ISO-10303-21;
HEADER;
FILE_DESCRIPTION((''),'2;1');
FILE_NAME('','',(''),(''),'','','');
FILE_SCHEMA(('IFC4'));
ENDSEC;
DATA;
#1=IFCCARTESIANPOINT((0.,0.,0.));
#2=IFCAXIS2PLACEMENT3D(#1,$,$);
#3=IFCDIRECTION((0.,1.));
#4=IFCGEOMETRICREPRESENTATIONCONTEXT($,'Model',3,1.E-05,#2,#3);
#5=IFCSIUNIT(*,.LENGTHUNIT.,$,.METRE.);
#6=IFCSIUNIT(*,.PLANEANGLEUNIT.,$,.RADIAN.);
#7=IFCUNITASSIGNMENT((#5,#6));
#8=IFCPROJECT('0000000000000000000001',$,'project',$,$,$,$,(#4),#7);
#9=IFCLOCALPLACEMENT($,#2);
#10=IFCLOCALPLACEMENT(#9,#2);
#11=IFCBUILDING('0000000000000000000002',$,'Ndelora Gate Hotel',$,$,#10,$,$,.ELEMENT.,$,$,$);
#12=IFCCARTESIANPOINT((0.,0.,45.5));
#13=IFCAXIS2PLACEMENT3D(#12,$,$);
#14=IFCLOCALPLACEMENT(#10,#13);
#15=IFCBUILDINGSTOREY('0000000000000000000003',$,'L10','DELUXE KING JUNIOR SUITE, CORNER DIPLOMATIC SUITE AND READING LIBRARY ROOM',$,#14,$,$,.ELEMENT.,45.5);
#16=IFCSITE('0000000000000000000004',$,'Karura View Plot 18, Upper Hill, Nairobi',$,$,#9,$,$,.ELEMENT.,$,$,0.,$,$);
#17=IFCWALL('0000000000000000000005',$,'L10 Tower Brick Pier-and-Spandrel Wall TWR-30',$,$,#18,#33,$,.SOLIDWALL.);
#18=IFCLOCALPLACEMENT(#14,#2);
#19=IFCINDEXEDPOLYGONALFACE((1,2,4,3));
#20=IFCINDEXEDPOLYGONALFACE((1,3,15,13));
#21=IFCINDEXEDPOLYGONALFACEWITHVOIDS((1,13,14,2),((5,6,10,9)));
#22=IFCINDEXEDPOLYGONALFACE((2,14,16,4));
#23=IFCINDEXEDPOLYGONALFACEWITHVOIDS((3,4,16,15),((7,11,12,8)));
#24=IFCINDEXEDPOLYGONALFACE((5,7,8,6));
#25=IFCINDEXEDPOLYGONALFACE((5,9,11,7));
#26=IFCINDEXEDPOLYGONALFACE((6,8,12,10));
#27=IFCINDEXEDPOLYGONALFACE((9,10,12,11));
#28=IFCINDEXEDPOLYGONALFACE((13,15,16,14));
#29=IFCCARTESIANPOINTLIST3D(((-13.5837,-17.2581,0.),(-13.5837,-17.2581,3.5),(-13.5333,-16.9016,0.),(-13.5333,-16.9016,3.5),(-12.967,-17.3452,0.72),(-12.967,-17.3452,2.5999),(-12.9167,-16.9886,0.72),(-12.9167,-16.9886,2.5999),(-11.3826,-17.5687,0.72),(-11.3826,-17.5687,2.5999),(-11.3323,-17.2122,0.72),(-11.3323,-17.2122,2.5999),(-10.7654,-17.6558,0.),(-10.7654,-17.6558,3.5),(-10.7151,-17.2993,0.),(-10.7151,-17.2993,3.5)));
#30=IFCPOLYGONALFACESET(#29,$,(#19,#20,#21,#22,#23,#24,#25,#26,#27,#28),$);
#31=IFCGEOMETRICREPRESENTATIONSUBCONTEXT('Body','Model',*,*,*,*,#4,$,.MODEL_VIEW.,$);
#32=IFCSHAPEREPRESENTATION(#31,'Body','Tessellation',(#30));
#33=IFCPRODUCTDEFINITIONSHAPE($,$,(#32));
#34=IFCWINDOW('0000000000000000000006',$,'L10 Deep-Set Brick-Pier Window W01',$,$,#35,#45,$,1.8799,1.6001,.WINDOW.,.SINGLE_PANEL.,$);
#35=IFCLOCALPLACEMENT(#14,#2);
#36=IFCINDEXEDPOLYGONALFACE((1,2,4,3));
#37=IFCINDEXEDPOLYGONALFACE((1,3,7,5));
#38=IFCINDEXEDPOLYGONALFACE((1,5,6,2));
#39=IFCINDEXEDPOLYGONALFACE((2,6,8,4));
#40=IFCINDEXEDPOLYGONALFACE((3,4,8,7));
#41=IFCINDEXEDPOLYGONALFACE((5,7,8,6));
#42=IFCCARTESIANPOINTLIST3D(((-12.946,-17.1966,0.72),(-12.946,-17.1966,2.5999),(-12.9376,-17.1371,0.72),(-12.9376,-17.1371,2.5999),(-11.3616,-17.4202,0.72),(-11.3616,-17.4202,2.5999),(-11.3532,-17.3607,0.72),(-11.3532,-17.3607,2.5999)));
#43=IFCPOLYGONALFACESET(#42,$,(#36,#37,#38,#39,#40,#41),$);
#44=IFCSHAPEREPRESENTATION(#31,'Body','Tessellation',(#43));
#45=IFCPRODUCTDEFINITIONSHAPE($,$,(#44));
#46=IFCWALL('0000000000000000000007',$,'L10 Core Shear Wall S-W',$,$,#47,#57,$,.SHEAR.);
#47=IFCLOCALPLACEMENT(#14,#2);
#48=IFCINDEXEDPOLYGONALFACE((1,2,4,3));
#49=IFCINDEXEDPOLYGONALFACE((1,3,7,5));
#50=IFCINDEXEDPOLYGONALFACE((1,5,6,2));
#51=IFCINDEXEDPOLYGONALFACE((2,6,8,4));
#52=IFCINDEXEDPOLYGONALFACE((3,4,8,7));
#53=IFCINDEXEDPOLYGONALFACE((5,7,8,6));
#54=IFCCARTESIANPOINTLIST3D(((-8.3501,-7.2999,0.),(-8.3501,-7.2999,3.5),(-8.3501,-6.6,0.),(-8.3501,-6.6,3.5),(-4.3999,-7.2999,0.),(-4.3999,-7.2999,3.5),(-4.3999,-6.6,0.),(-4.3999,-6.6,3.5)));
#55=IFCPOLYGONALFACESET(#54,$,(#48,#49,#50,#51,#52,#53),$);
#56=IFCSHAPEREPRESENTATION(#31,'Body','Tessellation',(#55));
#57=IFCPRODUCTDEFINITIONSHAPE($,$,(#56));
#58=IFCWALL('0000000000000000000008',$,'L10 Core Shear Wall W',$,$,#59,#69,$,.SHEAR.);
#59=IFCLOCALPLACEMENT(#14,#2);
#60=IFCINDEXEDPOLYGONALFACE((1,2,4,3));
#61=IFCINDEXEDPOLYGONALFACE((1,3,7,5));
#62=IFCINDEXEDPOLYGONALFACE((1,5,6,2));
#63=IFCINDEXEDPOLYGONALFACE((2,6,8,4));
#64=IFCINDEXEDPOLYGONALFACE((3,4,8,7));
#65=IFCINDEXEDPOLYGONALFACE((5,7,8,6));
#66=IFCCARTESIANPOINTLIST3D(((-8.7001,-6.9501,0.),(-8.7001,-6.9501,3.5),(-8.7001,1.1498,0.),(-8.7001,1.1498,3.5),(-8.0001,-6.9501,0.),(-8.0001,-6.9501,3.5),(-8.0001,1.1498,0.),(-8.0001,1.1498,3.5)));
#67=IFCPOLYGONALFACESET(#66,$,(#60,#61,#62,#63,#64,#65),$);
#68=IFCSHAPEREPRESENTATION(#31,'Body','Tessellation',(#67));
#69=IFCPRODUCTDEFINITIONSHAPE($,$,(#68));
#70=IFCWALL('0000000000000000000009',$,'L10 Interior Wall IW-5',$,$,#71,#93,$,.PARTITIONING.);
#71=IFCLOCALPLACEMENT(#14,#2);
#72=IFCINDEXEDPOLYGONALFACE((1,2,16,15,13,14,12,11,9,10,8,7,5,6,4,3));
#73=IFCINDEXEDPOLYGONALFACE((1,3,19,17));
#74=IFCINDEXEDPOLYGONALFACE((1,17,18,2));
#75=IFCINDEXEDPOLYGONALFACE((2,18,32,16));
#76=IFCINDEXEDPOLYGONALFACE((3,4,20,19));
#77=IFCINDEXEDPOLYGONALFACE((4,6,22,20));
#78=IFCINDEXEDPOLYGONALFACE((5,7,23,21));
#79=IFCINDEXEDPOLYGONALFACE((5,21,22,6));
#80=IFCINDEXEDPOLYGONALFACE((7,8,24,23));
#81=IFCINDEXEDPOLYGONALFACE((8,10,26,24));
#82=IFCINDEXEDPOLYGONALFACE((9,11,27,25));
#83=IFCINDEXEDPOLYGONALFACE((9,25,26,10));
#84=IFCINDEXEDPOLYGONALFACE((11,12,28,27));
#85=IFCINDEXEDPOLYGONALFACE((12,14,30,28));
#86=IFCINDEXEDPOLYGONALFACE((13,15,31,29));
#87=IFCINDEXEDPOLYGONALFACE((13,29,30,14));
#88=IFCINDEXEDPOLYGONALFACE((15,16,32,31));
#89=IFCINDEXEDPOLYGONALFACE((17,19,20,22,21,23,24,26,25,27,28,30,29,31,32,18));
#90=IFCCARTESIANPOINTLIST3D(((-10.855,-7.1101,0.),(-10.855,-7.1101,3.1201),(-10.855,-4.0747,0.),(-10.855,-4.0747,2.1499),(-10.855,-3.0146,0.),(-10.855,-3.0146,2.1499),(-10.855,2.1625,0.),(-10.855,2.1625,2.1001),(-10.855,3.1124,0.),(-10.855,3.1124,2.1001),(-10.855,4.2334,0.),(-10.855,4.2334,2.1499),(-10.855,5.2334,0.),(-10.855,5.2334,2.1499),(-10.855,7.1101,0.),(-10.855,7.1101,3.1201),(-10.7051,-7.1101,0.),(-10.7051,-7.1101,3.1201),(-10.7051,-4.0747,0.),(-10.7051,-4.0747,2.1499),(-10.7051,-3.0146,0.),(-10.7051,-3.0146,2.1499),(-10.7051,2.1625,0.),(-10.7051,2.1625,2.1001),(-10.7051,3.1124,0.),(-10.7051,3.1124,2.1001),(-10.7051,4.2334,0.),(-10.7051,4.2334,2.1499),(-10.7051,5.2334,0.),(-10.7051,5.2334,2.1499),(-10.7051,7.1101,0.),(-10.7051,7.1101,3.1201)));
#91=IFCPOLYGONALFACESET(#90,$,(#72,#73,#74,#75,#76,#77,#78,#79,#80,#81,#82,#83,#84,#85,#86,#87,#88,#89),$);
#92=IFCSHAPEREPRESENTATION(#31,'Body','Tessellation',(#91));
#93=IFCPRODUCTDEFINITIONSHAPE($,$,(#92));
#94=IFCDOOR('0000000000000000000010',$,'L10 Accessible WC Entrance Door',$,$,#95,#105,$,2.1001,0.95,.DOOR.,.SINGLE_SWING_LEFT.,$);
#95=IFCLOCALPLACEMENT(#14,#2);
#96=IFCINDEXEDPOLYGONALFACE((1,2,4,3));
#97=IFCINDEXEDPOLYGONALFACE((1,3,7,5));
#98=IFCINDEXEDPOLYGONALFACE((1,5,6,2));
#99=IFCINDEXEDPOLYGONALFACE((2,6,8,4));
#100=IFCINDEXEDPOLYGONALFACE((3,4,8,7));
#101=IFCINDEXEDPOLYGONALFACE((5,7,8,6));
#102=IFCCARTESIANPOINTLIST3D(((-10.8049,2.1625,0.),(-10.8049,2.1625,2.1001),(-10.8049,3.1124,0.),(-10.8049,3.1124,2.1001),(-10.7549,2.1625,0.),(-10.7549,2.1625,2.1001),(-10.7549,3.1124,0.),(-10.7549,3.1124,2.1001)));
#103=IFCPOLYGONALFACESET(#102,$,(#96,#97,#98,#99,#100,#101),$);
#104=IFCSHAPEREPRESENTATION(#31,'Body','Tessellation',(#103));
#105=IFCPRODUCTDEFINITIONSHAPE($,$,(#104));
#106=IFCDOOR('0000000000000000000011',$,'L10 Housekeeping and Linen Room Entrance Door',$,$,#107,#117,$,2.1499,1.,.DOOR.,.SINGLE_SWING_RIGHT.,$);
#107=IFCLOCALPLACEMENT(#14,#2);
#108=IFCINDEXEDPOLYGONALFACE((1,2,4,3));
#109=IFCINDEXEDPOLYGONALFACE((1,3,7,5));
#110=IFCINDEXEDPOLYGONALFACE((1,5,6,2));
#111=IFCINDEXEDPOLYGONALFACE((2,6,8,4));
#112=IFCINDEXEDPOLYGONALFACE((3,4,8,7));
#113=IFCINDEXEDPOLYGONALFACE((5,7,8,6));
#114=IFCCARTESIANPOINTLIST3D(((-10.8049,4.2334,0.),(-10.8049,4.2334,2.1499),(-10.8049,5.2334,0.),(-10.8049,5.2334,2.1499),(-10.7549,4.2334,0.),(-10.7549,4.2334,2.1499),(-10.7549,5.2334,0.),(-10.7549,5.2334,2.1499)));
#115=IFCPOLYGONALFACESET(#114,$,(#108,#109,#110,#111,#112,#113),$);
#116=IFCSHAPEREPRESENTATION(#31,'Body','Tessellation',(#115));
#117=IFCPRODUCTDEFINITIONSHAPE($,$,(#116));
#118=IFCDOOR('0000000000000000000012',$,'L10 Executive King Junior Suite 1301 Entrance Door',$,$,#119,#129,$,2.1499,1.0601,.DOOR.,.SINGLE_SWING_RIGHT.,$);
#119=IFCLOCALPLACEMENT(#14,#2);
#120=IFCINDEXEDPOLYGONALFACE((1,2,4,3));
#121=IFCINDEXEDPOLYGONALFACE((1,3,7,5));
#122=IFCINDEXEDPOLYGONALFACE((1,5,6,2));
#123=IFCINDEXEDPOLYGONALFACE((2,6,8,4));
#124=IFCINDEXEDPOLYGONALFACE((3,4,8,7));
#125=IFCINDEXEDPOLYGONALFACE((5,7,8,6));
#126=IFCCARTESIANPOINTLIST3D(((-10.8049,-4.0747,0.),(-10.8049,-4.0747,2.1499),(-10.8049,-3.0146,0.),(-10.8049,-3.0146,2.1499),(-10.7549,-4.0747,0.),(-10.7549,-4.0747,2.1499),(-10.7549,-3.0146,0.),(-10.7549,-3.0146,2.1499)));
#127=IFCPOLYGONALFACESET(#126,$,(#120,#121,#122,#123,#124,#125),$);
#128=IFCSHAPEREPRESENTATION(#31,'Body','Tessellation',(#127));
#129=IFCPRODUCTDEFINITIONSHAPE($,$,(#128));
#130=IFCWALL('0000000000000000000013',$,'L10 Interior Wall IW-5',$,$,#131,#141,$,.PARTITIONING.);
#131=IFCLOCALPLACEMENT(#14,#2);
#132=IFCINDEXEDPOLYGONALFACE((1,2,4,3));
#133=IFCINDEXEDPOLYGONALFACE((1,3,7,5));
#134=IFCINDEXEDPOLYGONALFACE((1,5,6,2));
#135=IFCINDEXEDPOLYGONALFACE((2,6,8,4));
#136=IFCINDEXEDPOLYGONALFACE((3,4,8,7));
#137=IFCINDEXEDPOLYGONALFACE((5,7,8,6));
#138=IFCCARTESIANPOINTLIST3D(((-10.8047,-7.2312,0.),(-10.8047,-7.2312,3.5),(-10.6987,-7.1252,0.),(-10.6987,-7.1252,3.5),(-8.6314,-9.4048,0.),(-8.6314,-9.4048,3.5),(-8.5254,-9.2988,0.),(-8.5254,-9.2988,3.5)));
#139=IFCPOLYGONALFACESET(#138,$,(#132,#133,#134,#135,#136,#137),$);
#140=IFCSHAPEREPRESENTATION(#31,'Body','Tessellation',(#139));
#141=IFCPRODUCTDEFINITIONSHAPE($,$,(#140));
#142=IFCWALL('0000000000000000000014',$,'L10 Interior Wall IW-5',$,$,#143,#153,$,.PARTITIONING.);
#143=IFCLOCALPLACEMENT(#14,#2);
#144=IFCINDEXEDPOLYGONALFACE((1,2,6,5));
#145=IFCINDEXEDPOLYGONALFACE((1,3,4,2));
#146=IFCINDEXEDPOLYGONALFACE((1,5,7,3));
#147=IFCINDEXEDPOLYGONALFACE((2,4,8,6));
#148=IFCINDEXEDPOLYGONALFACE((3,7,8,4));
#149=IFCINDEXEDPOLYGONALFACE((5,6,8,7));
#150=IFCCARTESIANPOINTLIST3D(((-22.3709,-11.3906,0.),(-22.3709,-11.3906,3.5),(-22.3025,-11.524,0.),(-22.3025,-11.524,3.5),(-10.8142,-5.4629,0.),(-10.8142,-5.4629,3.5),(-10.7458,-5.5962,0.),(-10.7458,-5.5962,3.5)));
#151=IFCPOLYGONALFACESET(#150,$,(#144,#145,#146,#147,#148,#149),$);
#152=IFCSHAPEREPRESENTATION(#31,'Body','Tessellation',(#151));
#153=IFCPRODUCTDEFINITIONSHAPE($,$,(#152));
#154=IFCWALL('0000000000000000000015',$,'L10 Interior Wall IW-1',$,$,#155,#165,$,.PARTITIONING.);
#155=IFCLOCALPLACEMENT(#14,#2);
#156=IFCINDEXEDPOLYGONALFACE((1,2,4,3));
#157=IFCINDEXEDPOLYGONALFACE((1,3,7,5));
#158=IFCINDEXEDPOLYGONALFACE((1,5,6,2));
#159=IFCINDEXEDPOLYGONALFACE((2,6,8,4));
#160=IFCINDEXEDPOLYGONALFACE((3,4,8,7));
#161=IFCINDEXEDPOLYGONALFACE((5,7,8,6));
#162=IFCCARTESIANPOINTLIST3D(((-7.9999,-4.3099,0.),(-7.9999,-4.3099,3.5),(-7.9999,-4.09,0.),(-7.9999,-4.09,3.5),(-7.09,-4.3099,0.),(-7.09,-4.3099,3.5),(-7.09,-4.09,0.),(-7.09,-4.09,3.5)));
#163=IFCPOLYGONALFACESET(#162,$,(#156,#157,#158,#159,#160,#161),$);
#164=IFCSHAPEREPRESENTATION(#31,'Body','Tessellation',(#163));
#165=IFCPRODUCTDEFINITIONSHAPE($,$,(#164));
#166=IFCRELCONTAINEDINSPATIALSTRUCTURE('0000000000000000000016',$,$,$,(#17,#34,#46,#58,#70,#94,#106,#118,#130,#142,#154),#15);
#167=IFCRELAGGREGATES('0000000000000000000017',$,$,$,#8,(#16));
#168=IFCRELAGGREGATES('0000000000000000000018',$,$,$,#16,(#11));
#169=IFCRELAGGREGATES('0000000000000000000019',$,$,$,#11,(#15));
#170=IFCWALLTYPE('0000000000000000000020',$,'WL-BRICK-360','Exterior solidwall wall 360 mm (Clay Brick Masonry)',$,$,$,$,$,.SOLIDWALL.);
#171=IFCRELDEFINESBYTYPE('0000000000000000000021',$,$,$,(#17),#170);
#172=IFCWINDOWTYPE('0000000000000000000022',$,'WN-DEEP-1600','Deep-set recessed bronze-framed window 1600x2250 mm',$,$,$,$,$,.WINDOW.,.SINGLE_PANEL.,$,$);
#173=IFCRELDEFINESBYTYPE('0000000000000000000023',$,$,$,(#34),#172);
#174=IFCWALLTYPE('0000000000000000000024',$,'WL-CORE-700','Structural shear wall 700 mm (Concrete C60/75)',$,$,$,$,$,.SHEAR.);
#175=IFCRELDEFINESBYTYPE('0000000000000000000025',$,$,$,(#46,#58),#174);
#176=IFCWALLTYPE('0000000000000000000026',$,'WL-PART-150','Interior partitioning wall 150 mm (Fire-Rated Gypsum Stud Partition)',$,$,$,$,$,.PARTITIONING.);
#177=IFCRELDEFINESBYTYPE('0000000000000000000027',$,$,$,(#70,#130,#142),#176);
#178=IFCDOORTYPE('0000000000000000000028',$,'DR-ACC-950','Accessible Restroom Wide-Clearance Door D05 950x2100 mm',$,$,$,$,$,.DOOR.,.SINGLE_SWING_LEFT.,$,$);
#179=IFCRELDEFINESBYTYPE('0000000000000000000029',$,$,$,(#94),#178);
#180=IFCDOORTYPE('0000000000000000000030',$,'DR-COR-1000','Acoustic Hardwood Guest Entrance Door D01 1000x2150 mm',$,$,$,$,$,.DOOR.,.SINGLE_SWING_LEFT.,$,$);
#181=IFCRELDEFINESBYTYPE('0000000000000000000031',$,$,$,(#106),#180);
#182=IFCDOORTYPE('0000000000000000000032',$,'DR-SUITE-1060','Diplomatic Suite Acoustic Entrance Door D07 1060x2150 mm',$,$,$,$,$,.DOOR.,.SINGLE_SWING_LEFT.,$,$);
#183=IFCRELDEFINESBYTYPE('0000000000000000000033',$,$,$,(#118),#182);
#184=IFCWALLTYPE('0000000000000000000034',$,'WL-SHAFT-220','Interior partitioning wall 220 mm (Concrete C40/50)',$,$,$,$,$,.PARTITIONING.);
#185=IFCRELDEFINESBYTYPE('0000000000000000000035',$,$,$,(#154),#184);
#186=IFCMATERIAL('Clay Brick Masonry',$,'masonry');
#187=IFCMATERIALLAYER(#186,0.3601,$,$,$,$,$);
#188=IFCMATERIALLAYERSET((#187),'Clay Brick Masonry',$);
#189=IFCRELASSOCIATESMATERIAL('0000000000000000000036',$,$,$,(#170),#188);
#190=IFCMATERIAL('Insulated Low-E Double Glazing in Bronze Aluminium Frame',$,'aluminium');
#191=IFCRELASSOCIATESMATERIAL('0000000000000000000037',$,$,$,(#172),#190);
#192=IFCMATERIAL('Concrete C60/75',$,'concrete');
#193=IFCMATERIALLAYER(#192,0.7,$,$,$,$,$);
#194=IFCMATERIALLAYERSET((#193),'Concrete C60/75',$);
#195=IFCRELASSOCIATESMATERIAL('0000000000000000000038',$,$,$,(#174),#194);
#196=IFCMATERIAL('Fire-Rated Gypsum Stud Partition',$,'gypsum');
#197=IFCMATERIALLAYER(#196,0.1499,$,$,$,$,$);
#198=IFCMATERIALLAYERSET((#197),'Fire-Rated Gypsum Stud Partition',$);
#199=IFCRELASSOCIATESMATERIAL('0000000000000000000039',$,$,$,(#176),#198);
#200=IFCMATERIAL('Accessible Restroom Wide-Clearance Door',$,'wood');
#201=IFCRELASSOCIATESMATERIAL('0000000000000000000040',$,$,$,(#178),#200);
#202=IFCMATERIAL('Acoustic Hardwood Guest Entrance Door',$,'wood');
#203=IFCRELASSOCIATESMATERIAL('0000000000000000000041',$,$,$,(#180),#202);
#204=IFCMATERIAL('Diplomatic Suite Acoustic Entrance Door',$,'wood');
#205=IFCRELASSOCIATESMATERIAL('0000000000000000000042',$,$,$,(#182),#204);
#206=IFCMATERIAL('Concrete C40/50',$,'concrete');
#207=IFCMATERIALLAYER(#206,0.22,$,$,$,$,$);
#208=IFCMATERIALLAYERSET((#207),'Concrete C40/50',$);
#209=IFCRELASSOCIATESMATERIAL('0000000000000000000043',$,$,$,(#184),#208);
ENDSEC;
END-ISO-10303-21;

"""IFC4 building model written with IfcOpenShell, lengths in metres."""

from ifc_helpers import new_model, si_unit, direction, frame, frame_2d, origin, place, context, subcontext, project, spatial, rectangle, extrude, material, layer, layer_set, type_object, element, fill, save


model = new_model("IFC4")

# Units and contexts
model_context = context("Model", 3, precision=1e-05, world=origin(), true_north=direction((0.0, 1.0)))
body_context = subcontext(model_context, "Body", "Model", "MODEL_VIEW")
ifc_project = project(units=[si_unit("LENGTHUNIT", "METRE"), si_unit("PLANEANGLEUNIT", "RADIAN")], contexts=[model_context])

# Site, building, storey
site_placement = place(None, origin())
site = spatial("IfcSite", under=ifc_project, at=site_placement, Name="Karura View Plot 18, Upper Hill, Nairobi", CompositionType="ELEMENT", RefElevation=0.0)
building_placement = place(site_placement, origin())
building = spatial("IfcBuilding", under=site, at=building_placement, Name="Ndelora Gate Hotel", CompositionType="ELEMENT")
storey_placement = place(building_placement, frame((0.0, 0.0, 45.5)))
storey = spatial("IfcBuildingStorey", under=building, at=storey_placement, Name="L10", Description="DELUXE KING JUNIOR SUITE, CORNER DIPLOMATIC SUITE AND READING LIBRARY ROOM", CompositionType="ELEMENT", Elevation=45.5)

# Shared definitions
ifc_material_1 = material(Name="Concrete C60/75", Category="concrete")

# Wall, opening, window
ifc_material_2 = material(Name="Clay Brick Masonry", Category="masonry")
ifc_layer_1 = layer(ifc_material_2, 0.3601)
ifc_layer_set_1 = layer_set([ifc_layer_1], Name="Clay Brick Masonry")
wall_type_1 = type_object("IfcWallType", Name="WL-BRICK-360", Description="Exterior solidwall wall 360 mm (Clay Brick Masonry)", PredefinedType="SOLIDWALL", material=ifc_layer_set_1)
wall_1_placement = place(storey_placement, frame((-10.7402, -17.4775, 0.0), z_axis=(0.0, 0.0, 1.0), x_axis=(-0.99019, 0.139728, 0.0)))
wall_1 = element("IfcWall", 1, at=wall_1_placement, inside=storey, type_object=wall_type_1, Name="L10 Tower Brick Pier-and-Spandrel Wall TWR-30", PredefinedType="SOLIDWALL", context=body_context, shape_type="SweptSolid", body=[
    extrude(rectangle(XDim=2.8462, YDim=0.3601, at=frame_2d((1.4231, 0.0))), origin(), (0.0, 0.0, 1.0), 3.5),
])
opening_1_placement = place(wall_1_placement, frame((0.6233, 0.0, 0.72)))
opening_1 = element("IfcOpeningElement", 2, at=opening_1_placement, cuts=wall_1, PredefinedType="OPENING", context=body_context, shape_type="SweptSolid", body=[
    extrude(rectangle(XDim=1.6001, YDim=1.8799, at=frame_2d((0.8, 0.9399))), frame((0.0, 0.1899, 0.0), z_axis=(0.0, -1.0, 0.0), x_axis=(1.0, 0.0, 0.0)), (0.0, 0.0, 1.0), 0.3801),
])
ifc_material_3 = material(Name="Insulated Low-E Double Glazing in Bronze Aluminium Frame", Category="aluminium")
window_type = type_object("IfcWindowType", Name="WN-DEEP-1600", Description="Deep-set recessed bronze-framed window 1600x2250 mm", PartitioningType="SINGLE_PANEL", PredefinedType="WINDOW", material=ifc_material_3)
window_placement = place(opening_1_placement, origin())
window = element("IfcWindow", 3, at=window_placement, inside=storey, type_object=window_type, Name="L10 Deep-Set Brick-Pier Window W01", OverallHeight=1.8799, OverallWidth=1.6001, PartitioningType="SINGLE_PANEL", PredefinedType="WINDOW", context=body_context, shape_type="SweptSolid", body=[
    extrude(rectangle(XDim=1.6001, YDim=1.8799, at=frame_2d((0.8, 0.9399))), frame((0.0, 0.03, 0.0), z_axis=(0.0, -1.0, 0.0), x_axis=(1.0, 0.0, 0.0)), (0.0, 0.0, 1.0), 0.0601),
])
fill(opening_1, window)

# Walls
ifc_layer_2 = layer(ifc_material_1, 0.7)
ifc_layer_set_2 = layer_set([ifc_layer_2], Name="Concrete C60/75")
wall_type_2 = type_object("IfcWallType", Name="WL-CORE-700", Description="Structural shear wall 700 mm (Concrete C60/75)", PredefinedType="SHEAR", material=ifc_layer_set_2)
wall_2_placement = place(storey_placement, frame((-8.3501, -6.95, 0.0), z_axis=(0.0, 0.0, 1.0), x_axis=(1.0, 0.0, 0.0)))
element("IfcWall", 4, at=wall_2_placement, inside=storey, type_object=wall_type_2, Name="L10 Core Shear Wall S-W", PredefinedType="SHEAR", context=body_context, shape_type="SweptSolid", body=[
    extrude(rectangle(XDim=3.9502, YDim=0.7, at=frame_2d((1.9751, 0.0))), origin(), (0.0, 0.0, 1.0), 3.5),
])
wall_3_placement = place(storey_placement, frame((-8.3501, -6.95, 0.0), z_axis=(0.0, 0.0, 1.0), x_axis=(0.0, 1.0, 0.0)))
element("IfcWall", 5, at=wall_3_placement, inside=storey, type_object=wall_type_2, Name="L10 Core Shear Wall W", PredefinedType="SHEAR", context=body_context, shape_type="SweptSolid", body=[
    extrude(rectangle(XDim=8.0999, YDim=0.7, at=frame_2d((4.0498, 0.0))), origin(), (0.0, 0.0, 1.0), 3.5),
])

# Wall, openings, doors
ifc_material_4 = material(Name="Fire-Rated Gypsum Stud Partition", Category="gypsum")
ifc_layer_3 = layer(ifc_material_4, 0.1499)
ifc_layer_set_3 = layer_set([ifc_layer_3], Name="Fire-Rated Gypsum Stud Partition")
wall_type_3 = type_object("IfcWallType", Name="WL-PART-150", Description="Interior partitioning wall 150 mm (Fire-Rated Gypsum Stud Partition)", PredefinedType="PARTITIONING", material=ifc_layer_set_3)
wall_4_placement = place(storey_placement, frame((-10.78, -7.1101, 0.0), z_axis=(0.0, 0.0, 1.0), x_axis=(0.0, 1.0, 0.0)))
wall_4 = element("IfcWall", 6, at=wall_4_placement, inside=storey, type_object=wall_type_3, Name="L10 Interior Wall IW-5", PredefinedType="PARTITIONING", context=body_context, shape_type="SweptSolid", body=[
    extrude(rectangle(XDim=14.2202, YDim=0.1499, at=frame_2d((7.1101, 0.0))), origin(), (0.0, 0.0, 1.0), 3.1201),
])
opening_2_placement = place(wall_4_placement, frame((11.3435, 0.0, 0.0)))
opening_2 = element("IfcOpeningElement", 7, at=opening_2_placement, cuts=wall_4, PredefinedType="OPENING", context=body_context, shape_type="SweptSolid", body=[
    extrude(rectangle(XDim=1.0, YDim=2.1499, at=frame_2d((0.5, 1.075))), frame((0.0, 0.085, 0.0), z_axis=(0.0, -1.0, 0.0), x_axis=(1.0, 0.0, 0.0)), (0.0, 0.0, 1.0), 0.1699),
])
opening_3_placement = place(wall_4_placement, frame((9.2725, 0.0, 0.0)))
opening_3 = element("IfcOpeningElement", 8, at=opening_3_placement, cuts=wall_4, PredefinedType="OPENING", context=body_context, shape_type="SweptSolid", body=[
    extrude(rectangle(XDim=0.95, YDim=2.1001, at=frame_2d((0.4751, 1.05))), frame((0.0, 0.085, 0.0), z_axis=(0.0, -1.0, 0.0), x_axis=(1.0, 0.0, 0.0)), (0.0, 0.0, 1.0), 0.1699),
])
opening_4_placement = place(wall_4_placement, frame((3.0354, 0.0, 0.0)))
opening_4 = element("IfcOpeningElement", 9, at=opening_4_placement, cuts=wall_4, PredefinedType="OPENING", context=body_context, shape_type="SweptSolid", body=[
    extrude(rectangle(XDim=1.0601, YDim=2.1499, at=frame_2d((0.53, 1.075))), frame((0.0, 0.085, 0.0), z_axis=(0.0, -1.0, 0.0), x_axis=(1.0, 0.0, 0.0)), (0.0, 0.0, 1.0), 0.1699),
])
ifc_material_5 = material(Name="Accessible Restroom Wide-Clearance Door", Category="wood")
door_type_1 = type_object("IfcDoorType", Name="DR-ACC-950", Description="Accessible Restroom Wide-Clearance Door D05 950x2100 mm", OperationType="SINGLE_SWING_LEFT", PredefinedType="DOOR", material=ifc_material_5)
door_1_placement = place(opening_3_placement, origin())
door_1 = element("IfcDoor", 10, at=door_1_placement, inside=storey, type_object=door_type_1, Name="L10 Accessible WC Entrance Door", OperationType="SINGLE_SWING_LEFT", OverallHeight=2.1001, OverallWidth=0.95, PredefinedType="DOOR", context=body_context, shape_type="SweptSolid", body=[
    extrude(rectangle(XDim=0.95, YDim=2.1001, at=frame_2d((0.4751, 1.05))), frame((0.0, 0.0249, 0.0), z_axis=(0.0, -1.0, 0.0), x_axis=(1.0, 0.0, 0.0)), (0.0, 0.0, 1.0), 0.05),
])
fill(opening_3, door_1)
ifc_material_6 = material(Name="Acoustic Hardwood Guest Entrance Door", Category="wood")
door_type_2 = type_object("IfcDoorType", Name="DR-COR-1000", Description="Acoustic Hardwood Guest Entrance Door D01 1000x2150 mm", OperationType="SINGLE_SWING_LEFT", PredefinedType="DOOR", material=ifc_material_6)
door_2_placement = place(opening_2_placement, origin())
door_2 = element("IfcDoor", 11, at=door_2_placement, inside=storey, type_object=door_type_2, Name="L10 Housekeeping and Linen Room Entrance Door", OperationType="SINGLE_SWING_RIGHT", OverallHeight=2.1499, OverallWidth=1.0, PredefinedType="DOOR", context=body_context, shape_type="SweptSolid", body=[
    extrude(rectangle(XDim=1.0, YDim=2.1499, at=frame_2d((0.5, 1.075))), frame((0.0, 0.0249, 0.0), z_axis=(0.0, -1.0, 0.0), x_axis=(1.0, 0.0, 0.0)), (0.0, 0.0, 1.0), 0.05),
])
fill(opening_2, door_2)
ifc_material_7 = material(Name="Diplomatic Suite Acoustic Entrance Door", Category="wood")
door_type_3 = type_object("IfcDoorType", Name="DR-SUITE-1060", Description="Diplomatic Suite Acoustic Entrance Door D07 1060x2150 mm", OperationType="SINGLE_SWING_LEFT", PredefinedType="DOOR", material=ifc_material_7)
door_3_placement = place(opening_4_placement, origin())
door_3 = element("IfcDoor", 12, at=door_3_placement, inside=storey, type_object=door_type_3, Name="L10 Executive King Junior Suite 1301 Entrance Door", OperationType="SINGLE_SWING_RIGHT", OverallHeight=2.1499, OverallWidth=1.0601, PredefinedType="DOOR", context=body_context, shape_type="SweptSolid", body=[
    extrude(rectangle(XDim=1.0601, YDim=2.1499, at=frame_2d((0.53, 1.075))), frame((0.0, 0.0249, 0.0), z_axis=(0.0, -1.0, 0.0), x_axis=(1.0, 0.0, 0.0)), (0.0, 0.0, 1.0), 0.05),
])
fill(opening_4, door_3)

# Walls
wall_5_placement = place(storey_placement, frame((-8.5784, -9.3518, 0.0), z_axis=(0.0, 0.0, 1.0), x_axis=(-0.707067, 0.707146, 0.0)))
element("IfcWall", 13, at=wall_5_placement, inside=storey, type_object=wall_type_3, Name="L10 Interior Wall IW-5", PredefinedType="PARTITIONING", context=body_context, shape_type="SweptSolid", body=[
    extrude(rectangle(XDim=3.0737, YDim=0.1499, at=frame_2d((1.5369, 0.0))), origin(), (0.0, 0.0, 1.0), 3.5),
])
wall_6_placement = place(storey_placement, frame((-10.78, -5.5295, 0.0), z_axis=(0.0, 0.0, 1.0), x_axis=(-0.889778, -0.456393, 0.0)))
element("IfcWall", 14, at=wall_6_placement, inside=storey, type_object=wall_type_3, Name="L10 Interior Wall IW-5", PredefinedType="PARTITIONING", context=body_context, shape_type="SweptSolid", body=[
    extrude(rectangle(XDim=12.9883, YDim=0.1499, at=frame_2d((6.4941, 0.0))), origin(), (0.0, 0.0, 1.0), 3.5),
])
ifc_material_8 = material(Name="Concrete C40/50", Category="concrete")
ifc_layer_4 = layer(ifc_material_8, 0.22)
ifc_layer_set_4 = layer_set([ifc_layer_4], Name="Concrete C40/50")
wall_type_4 = type_object("IfcWallType", Name="WL-SHAFT-220", Description="Interior partitioning wall 220 mm (Concrete C40/50)", PredefinedType="PARTITIONING", material=ifc_layer_set_4)
wall_7_placement = place(storey_placement, frame((-8.0, -4.2, 0.0), z_axis=(0.0, 0.0, 1.0), x_axis=(1.0, 0.0, 0.0)))
element("IfcWall", 15, at=wall_7_placement, inside=storey, type_object=wall_type_4, Name="L10 Interior Wall IW-1", PredefinedType="PARTITIONING", context=body_context, shape_type="SweptSolid", body=[
    extrude(rectangle(XDim=0.9099, YDim=0.22, at=frame_2d((0.4551, 0.0))), origin(), (0.0, 0.0, 1.0), 3.5),
])

save(model, "model.ifc")
